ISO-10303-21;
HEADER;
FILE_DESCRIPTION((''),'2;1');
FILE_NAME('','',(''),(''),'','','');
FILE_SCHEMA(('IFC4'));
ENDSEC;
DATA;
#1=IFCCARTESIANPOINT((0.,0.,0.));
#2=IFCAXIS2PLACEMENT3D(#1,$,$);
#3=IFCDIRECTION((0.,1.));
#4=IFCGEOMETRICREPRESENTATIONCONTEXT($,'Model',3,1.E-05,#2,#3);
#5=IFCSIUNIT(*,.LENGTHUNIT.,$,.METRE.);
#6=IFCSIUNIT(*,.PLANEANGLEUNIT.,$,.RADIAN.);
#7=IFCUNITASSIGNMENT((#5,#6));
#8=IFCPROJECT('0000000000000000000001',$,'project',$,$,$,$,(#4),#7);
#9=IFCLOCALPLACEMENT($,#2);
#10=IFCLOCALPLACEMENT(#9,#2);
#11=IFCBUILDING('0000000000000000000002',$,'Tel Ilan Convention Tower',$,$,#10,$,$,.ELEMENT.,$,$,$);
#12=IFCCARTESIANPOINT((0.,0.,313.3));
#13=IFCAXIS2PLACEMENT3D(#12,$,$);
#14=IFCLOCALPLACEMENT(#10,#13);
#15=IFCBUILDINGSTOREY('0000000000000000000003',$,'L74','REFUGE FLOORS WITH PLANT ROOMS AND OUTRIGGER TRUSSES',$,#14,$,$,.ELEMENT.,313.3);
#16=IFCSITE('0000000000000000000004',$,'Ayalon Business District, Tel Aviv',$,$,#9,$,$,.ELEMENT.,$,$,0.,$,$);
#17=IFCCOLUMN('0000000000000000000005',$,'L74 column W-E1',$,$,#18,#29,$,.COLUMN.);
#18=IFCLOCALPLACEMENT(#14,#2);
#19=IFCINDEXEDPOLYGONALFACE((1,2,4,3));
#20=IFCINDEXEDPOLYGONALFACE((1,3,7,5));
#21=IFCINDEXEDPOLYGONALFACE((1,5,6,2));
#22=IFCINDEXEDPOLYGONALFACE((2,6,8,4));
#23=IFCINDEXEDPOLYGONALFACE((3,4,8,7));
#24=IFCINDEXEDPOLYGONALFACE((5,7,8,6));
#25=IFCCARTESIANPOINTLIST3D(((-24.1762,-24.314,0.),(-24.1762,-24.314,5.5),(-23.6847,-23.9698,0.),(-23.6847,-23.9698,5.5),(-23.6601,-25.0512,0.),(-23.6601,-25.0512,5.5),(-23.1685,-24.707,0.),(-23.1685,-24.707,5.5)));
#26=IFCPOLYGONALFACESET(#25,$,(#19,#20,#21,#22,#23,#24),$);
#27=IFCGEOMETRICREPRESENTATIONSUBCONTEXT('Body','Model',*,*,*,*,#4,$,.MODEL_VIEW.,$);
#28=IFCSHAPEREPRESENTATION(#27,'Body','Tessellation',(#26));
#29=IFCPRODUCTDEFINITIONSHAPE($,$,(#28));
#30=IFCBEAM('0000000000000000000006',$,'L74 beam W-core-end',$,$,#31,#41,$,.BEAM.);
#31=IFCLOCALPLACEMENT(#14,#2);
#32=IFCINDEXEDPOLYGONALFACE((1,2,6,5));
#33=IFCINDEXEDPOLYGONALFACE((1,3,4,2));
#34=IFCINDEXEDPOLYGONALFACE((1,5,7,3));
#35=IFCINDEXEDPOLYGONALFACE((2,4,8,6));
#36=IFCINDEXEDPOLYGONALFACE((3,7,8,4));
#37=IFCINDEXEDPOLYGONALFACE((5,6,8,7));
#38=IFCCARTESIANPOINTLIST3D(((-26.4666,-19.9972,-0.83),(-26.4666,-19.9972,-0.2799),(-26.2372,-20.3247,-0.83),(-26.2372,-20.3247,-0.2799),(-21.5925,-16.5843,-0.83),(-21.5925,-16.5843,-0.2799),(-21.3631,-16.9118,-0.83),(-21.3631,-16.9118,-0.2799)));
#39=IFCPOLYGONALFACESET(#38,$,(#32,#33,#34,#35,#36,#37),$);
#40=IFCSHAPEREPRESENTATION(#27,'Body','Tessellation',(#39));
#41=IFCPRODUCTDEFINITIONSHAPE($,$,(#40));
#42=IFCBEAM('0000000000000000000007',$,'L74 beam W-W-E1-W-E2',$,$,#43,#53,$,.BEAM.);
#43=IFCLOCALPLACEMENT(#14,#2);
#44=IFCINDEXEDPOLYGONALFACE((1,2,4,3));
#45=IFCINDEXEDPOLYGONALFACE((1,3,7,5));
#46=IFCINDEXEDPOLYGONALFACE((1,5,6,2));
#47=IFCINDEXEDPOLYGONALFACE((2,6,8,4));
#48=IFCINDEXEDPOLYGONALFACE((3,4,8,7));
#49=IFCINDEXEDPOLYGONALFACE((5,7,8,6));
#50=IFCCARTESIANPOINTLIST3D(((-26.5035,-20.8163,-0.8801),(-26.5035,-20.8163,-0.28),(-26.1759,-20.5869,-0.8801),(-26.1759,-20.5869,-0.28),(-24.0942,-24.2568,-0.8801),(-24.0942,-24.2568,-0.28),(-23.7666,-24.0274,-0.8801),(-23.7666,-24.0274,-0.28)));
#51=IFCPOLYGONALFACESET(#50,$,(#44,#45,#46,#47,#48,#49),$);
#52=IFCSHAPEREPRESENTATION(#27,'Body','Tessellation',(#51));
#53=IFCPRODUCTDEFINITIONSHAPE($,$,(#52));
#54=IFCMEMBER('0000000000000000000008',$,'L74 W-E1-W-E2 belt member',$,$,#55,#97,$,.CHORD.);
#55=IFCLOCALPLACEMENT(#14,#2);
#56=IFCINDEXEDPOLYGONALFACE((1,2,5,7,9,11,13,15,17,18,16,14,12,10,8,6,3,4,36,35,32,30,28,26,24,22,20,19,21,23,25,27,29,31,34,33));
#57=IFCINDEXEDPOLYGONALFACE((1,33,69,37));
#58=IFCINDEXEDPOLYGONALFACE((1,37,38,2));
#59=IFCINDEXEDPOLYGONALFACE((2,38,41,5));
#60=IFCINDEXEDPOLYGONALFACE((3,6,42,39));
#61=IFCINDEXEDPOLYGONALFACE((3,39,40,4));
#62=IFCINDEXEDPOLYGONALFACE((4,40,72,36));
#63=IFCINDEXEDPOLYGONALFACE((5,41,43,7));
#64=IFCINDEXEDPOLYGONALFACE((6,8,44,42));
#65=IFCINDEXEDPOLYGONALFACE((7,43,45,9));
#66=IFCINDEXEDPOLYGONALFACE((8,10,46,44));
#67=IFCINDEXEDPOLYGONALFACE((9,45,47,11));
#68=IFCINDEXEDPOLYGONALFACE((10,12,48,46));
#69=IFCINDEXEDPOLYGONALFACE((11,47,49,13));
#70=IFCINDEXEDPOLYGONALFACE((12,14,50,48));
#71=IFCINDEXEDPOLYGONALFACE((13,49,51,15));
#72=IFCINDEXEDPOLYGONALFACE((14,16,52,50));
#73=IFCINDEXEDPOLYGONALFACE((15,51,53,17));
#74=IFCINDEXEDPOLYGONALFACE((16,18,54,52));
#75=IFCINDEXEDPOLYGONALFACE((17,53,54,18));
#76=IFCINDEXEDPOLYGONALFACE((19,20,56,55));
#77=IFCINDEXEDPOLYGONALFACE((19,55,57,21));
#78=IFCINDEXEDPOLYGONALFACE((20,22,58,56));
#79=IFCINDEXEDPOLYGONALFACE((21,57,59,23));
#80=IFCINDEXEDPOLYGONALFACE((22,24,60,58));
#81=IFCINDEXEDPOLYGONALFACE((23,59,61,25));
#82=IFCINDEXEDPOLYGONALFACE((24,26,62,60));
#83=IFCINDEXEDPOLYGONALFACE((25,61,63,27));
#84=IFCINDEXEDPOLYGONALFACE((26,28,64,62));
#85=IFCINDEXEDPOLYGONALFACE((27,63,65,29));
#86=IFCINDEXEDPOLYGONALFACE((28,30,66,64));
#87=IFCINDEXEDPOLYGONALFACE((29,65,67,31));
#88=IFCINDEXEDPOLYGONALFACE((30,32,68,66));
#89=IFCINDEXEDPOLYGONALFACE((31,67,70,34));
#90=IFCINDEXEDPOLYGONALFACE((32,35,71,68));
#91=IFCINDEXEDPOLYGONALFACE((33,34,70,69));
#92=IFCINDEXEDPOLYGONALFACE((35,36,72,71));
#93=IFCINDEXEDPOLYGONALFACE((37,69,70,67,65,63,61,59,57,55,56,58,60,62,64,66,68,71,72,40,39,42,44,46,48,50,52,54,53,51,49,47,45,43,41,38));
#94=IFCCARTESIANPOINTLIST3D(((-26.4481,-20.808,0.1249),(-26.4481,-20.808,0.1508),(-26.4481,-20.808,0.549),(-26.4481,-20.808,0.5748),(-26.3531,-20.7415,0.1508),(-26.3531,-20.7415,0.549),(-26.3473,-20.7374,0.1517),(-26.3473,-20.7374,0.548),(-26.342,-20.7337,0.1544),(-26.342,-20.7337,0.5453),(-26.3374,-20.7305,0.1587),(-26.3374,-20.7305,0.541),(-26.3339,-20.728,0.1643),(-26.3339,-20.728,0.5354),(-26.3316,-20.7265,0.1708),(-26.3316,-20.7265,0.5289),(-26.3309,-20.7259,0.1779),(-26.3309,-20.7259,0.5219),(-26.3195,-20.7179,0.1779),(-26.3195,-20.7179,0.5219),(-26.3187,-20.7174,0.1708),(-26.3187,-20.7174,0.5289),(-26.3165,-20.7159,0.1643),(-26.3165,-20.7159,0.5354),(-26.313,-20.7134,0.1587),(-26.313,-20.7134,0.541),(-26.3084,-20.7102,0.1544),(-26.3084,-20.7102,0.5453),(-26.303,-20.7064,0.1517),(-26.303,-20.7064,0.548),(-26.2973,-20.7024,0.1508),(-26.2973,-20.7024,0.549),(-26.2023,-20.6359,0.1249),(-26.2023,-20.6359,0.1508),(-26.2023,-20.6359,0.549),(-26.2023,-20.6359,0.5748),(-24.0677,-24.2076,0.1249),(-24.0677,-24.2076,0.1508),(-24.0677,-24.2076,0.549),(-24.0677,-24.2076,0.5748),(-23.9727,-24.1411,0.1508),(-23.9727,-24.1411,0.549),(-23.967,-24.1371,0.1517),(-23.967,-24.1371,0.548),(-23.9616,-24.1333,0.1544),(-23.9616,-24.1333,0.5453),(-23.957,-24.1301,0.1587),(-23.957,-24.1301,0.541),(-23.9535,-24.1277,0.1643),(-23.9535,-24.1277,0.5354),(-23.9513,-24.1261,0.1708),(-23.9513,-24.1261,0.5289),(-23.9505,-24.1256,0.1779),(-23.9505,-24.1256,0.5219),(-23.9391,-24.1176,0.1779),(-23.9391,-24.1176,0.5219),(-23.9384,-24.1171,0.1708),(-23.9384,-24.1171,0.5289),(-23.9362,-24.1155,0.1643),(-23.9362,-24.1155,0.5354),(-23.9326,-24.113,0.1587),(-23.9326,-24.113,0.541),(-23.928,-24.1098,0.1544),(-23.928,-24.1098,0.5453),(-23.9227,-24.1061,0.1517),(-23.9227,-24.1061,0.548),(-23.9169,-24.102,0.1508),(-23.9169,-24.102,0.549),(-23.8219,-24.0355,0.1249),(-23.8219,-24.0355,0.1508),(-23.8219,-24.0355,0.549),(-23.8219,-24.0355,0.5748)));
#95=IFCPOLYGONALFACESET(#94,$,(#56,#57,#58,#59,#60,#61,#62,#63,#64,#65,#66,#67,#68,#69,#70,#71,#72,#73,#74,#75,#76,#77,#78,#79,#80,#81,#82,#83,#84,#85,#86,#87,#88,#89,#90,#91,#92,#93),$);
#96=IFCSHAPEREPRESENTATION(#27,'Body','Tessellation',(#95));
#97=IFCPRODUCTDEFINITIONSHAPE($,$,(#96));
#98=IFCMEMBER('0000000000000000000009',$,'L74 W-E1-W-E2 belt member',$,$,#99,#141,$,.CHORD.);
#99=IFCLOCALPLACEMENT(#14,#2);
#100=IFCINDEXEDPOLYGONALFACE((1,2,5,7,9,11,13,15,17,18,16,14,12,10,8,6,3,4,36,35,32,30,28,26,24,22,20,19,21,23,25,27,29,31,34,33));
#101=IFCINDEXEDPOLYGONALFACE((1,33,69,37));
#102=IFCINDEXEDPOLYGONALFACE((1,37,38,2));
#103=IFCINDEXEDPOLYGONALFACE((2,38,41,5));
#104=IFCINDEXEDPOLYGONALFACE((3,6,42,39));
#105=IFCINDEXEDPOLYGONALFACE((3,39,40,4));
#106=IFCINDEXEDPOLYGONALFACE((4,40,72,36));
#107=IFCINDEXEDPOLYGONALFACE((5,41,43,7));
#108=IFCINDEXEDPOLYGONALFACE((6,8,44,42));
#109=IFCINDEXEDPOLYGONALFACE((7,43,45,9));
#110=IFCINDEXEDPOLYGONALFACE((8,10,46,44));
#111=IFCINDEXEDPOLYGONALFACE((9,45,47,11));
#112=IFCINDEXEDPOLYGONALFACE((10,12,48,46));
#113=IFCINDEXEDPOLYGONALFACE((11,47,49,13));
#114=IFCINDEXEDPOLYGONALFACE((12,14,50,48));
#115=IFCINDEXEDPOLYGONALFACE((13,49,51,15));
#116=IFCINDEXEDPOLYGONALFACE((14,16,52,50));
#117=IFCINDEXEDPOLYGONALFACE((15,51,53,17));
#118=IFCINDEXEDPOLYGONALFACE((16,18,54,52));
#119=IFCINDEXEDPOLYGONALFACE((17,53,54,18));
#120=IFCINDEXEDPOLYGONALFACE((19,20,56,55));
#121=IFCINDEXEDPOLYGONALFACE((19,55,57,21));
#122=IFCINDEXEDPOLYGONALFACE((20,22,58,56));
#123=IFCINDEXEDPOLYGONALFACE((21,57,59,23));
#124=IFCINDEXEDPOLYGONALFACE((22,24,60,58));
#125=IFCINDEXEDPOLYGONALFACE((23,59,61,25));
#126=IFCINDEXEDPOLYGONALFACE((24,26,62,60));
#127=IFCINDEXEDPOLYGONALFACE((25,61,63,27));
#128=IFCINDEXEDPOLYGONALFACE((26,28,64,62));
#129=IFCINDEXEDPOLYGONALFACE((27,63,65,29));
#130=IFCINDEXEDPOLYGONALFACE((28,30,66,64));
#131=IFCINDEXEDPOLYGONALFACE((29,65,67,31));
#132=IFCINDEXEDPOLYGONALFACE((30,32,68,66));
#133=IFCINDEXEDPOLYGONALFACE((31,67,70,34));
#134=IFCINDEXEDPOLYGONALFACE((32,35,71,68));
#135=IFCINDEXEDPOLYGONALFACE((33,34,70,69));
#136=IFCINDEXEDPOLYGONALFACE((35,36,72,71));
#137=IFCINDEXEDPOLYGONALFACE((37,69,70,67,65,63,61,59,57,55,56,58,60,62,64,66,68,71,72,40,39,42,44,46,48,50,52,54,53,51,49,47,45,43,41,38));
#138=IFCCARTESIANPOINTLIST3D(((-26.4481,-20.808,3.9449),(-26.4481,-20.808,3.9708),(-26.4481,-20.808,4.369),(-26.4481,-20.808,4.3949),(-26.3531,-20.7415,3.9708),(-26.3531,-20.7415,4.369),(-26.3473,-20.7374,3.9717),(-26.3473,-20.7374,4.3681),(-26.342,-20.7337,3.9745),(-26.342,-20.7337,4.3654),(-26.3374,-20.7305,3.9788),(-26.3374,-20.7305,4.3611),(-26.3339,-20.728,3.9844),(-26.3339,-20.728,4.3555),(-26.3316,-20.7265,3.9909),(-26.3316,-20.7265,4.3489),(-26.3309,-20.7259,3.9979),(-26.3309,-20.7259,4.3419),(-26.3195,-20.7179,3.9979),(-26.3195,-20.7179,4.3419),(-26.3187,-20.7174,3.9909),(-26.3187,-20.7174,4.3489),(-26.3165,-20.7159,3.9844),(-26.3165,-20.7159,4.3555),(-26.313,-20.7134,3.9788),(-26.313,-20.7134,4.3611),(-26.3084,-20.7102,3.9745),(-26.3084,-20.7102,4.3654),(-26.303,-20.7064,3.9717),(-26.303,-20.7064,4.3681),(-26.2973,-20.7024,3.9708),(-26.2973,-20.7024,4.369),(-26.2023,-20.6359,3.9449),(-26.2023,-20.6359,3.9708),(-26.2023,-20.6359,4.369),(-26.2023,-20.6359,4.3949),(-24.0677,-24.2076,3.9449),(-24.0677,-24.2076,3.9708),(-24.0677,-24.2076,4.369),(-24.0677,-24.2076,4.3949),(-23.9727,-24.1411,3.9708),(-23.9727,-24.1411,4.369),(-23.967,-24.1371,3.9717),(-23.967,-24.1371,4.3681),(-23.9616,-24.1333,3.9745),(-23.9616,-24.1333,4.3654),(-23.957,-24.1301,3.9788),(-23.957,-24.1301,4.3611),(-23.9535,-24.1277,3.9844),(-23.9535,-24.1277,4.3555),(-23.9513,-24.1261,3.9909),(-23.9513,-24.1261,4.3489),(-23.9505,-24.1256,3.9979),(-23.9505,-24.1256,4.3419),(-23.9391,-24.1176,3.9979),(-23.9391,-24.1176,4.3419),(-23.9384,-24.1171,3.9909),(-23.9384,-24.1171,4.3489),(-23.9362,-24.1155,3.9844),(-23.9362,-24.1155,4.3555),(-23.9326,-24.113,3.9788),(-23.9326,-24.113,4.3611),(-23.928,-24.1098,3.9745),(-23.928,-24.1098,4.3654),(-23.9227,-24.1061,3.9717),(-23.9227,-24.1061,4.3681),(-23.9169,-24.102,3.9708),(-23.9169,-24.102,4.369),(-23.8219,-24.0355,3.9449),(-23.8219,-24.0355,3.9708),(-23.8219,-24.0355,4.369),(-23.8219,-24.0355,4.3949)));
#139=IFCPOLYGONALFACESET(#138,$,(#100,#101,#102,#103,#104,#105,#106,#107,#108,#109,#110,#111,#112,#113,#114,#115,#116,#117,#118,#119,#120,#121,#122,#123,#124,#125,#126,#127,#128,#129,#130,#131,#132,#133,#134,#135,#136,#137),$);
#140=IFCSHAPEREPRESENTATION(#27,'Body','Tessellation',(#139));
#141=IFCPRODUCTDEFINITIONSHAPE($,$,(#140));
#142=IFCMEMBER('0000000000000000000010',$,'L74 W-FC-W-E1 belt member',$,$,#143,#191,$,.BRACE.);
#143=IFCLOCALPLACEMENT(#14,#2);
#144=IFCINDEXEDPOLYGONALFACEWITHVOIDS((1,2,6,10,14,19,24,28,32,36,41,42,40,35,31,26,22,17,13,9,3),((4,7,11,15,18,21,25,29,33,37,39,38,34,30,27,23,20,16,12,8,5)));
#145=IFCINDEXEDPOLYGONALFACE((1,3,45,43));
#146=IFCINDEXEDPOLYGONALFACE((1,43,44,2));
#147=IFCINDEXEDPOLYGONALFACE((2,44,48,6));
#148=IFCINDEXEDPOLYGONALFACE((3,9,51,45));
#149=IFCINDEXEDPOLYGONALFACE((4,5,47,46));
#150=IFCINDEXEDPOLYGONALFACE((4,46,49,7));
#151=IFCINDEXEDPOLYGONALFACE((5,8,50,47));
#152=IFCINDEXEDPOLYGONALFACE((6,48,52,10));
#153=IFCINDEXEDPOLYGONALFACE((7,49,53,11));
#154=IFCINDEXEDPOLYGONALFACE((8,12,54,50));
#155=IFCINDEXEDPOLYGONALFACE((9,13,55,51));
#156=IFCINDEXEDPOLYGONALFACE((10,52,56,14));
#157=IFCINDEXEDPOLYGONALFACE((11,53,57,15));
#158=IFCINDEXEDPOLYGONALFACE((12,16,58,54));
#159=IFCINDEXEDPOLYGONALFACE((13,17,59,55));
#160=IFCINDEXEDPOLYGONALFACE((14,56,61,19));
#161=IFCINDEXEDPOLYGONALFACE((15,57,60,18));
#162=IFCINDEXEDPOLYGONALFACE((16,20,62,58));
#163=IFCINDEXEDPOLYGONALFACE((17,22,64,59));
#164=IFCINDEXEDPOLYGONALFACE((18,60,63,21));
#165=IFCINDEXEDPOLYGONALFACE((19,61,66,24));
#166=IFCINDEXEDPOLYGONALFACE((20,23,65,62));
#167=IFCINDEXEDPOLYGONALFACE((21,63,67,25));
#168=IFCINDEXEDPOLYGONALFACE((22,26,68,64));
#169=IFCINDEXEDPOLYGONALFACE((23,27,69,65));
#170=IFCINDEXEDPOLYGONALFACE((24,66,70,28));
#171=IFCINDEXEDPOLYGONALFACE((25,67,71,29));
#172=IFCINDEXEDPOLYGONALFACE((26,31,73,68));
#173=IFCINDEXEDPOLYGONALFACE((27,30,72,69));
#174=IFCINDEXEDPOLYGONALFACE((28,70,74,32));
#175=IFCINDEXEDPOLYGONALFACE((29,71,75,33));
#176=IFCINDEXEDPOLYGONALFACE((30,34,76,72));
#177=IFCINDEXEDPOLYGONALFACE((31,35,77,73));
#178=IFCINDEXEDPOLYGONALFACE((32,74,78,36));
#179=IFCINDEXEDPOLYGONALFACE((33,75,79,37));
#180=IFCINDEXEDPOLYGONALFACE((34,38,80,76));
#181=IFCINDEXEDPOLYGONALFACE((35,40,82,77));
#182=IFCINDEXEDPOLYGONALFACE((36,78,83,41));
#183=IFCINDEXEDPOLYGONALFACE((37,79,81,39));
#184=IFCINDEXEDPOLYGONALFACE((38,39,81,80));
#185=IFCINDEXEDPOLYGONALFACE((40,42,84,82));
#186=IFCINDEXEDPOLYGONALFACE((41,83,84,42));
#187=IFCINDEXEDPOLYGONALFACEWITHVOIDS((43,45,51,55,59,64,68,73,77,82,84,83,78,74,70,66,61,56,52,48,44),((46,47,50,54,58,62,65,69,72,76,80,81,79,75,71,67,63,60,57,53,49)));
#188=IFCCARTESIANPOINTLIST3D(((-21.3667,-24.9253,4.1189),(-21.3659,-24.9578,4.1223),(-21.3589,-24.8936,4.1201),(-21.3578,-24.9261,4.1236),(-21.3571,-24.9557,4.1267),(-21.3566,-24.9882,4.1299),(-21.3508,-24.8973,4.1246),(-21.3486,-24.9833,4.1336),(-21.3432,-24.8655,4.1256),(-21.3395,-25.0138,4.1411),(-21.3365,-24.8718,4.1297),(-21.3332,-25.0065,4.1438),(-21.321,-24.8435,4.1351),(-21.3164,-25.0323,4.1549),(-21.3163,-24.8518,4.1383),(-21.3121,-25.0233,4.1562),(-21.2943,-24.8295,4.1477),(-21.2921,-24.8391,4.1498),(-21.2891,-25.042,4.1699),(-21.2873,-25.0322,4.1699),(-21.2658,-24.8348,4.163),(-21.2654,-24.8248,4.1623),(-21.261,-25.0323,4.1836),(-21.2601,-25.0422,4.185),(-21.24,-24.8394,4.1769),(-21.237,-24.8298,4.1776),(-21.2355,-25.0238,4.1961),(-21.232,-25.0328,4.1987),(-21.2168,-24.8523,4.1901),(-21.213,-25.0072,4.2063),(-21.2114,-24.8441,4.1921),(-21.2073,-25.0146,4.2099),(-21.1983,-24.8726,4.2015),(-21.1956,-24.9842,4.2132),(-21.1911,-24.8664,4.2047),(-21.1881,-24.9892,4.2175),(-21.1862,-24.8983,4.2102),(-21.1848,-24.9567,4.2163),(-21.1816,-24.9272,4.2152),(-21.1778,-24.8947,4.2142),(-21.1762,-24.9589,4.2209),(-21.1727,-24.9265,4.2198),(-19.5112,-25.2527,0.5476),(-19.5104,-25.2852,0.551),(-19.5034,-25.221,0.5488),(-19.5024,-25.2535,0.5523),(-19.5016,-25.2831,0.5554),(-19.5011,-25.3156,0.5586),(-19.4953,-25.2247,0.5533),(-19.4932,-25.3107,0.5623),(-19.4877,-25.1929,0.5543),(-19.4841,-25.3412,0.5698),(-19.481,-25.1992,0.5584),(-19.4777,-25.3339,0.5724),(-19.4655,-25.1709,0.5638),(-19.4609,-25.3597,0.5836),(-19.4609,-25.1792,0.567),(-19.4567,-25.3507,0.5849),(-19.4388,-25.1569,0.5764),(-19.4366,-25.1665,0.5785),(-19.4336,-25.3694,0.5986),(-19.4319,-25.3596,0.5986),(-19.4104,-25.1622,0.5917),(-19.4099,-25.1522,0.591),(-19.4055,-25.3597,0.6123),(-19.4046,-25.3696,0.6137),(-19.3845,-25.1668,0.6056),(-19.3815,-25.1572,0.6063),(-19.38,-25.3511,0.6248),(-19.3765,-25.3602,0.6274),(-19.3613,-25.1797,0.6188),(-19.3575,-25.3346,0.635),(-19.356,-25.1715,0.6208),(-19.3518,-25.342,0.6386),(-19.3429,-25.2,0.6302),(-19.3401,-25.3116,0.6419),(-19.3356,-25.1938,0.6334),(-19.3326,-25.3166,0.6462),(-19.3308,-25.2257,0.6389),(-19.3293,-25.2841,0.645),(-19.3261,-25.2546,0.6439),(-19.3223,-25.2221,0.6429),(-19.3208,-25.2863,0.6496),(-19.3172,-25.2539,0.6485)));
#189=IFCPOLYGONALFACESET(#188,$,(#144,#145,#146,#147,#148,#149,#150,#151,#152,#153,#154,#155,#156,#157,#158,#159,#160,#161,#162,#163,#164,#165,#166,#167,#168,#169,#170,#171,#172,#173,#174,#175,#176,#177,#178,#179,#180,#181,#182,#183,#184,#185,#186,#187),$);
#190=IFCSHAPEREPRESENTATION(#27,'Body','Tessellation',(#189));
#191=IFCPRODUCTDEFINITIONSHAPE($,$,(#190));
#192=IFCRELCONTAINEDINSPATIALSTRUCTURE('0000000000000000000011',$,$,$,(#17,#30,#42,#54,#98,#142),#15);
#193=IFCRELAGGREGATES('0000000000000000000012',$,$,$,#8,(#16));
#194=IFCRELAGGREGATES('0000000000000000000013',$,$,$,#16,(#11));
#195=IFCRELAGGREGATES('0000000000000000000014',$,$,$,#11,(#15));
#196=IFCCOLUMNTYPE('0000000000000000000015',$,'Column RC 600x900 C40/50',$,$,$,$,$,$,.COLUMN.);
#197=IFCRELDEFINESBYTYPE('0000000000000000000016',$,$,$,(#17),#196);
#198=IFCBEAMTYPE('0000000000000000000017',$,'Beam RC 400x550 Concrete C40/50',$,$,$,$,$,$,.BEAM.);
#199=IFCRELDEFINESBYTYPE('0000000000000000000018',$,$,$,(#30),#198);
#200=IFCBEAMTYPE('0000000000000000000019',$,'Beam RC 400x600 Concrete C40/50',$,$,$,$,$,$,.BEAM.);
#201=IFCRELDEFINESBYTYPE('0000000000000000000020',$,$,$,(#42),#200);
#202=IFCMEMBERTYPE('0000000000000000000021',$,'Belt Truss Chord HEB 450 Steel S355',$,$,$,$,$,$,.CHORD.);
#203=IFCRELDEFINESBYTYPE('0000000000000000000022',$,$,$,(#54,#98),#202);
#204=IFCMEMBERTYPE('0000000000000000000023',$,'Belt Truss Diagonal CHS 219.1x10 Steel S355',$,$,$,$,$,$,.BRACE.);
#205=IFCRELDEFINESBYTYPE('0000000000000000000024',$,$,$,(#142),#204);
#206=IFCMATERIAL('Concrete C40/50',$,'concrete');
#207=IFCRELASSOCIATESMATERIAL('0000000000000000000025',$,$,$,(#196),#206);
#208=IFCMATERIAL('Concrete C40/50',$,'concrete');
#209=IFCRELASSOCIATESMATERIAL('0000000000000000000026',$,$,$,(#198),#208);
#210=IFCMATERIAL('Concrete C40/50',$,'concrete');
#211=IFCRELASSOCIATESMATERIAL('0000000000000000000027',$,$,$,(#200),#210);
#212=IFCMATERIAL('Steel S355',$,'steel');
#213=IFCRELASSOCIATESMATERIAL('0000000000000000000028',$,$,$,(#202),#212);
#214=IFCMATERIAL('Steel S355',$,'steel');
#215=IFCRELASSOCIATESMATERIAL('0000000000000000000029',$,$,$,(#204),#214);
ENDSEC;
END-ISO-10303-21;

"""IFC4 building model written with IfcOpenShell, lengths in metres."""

from ifc_helpers import new_model, si_unit, direction, frame, origin, origin_2d, place, context, subcontext, project, spatial, rectangle, hollow_circle, i_section, extrude, material, material_profile, profile_set, type_object, element, save


model = new_model("IFC4")

# Units and contexts
model_context = context("Model", 3, precision=1e-05, world=origin(), true_north=direction((0.0, 1.0)))
body_context = subcontext(model_context, "Body", "Model", "MODEL_VIEW")
ifc_project = project(units=[si_unit("LENGTHUNIT", "METRE"), si_unit("PLANEANGLEUNIT", "RADIAN")], contexts=[model_context])

# Site, building, storey
site_placement = place(None, origin())
site = spatial("IfcSite", under=ifc_project, at=site_placement, Name="Ayalon Business District, Tel Aviv", CompositionType="ELEMENT", RefElevation=0.0)
building_placement = place(site_placement, origin())
building = spatial("IfcBuilding", under=site, at=building_placement, Name="Tel Ilan Convention Tower", CompositionType="ELEMENT")
storey_placement = place(building_placement, frame((0.0, 0.0, 313.3)))
storey = spatial("IfcBuildingStorey", under=building, at=storey_placement, Name="L74", Description="REFUGE FLOORS WITH PLANT ROOMS AND OUTRIGGER TRUSSES", CompositionType="ELEMENT", Elevation=313.3)

# Column
ifc_material_1 = material(Name="Concrete C40/50", Category="concrete")
ifc_material_profile_1 = material_profile(ifc_material_1, rectangle(XDim=0.8999, YDim=0.6001, at=origin_2d()), Name="RC 600x900")
ifc_profile_set_1 = profile_set([ifc_material_profile_1], Name="Concrete C40/50")
column_type = type_object("IfcColumnType", Name="Column RC 600x900 C40/50", PredefinedType="COLUMN", material=ifc_profile_set_1)
column_placement = place(storey_placement, frame((-23.6724, -24.5105, 0.0), z_axis=(0.0, 0.0, 1.0), x_axis=(-0.573576, 0.819152, 0.0)))
element("IfcColumn", 1, at=column_placement, inside=storey, type_object=column_type, Name="L74 column W-E1", PredefinedType="COLUMN", context=body_context, shape_type="SweptSolid", body=[
    extrude(rectangle(XDim=0.8999, YDim=0.6001, at=origin_2d()), origin(), (0.0, 0.0, 1.0), 5.5),
])

# Beams
ifc_material_2 = material(Name="Concrete C40/50", Category="concrete")
ifc_material_profile_2 = material_profile(ifc_material_2, rectangle(XDim=0.3999, YDim=0.55, at=origin_2d()), Name="RC 400x550")
ifc_profile_set_2 = profile_set([ifc_material_profile_2], Name="Concrete C40/50")
beam_type_1 = type_object("IfcBeamType", Name="Beam RC 400x550 Concrete C40/50", PredefinedType="BEAM", material=ifc_profile_set_2)
beam_1_placement = place(storey_placement, frame((-21.4778, -16.748, -0.5549), z_axis=(-0.819151, -0.573578, 0.0), x_axis=(0.573578, -0.819151, 0.0)))
element("IfcBeam", 2, at=beam_1_placement, inside=storey, type_object=beam_type_1, Name="L74 beam W-core-end", PredefinedType="BEAM", context=body_context, shape_type="SweptSolid", body=[
    extrude(rectangle(XDim=0.3999, YDim=0.55, at=origin_2d()), origin(), (0.0, 0.0, 1.0), 5.9502),
])
ifc_material_3 = material(Name="Concrete C40/50", Category="concrete")
ifc_material_profile_3 = material_profile(ifc_material_3, rectangle(XDim=0.3999, YDim=0.6001, at=origin_2d()), Name="RC 400x600")
ifc_profile_set_3 = profile_set([ifc_material_profile_3], Name="Concrete C40/50")
beam_type_2 = type_object("IfcBeamType", Name="Beam RC 400x600 Concrete C40/50", PredefinedType="BEAM", material=ifc_profile_set_3)
beam_2_placement = place(storey_placement, frame((-23.9304, -24.1421, -0.5801), z_axis=(-0.573603, 0.819134, 0.0), x_axis=(-0.819134, -0.573603, 0.0)))
element("IfcBeam", 3, at=beam_2_placement, inside=storey, type_object=beam_type_2, Name="L74 beam W-W-E1-W-E2", PredefinedType="BEAM", context=body_context, shape_type="SweptSolid", body=[
    extrude(rectangle(XDim=0.3999, YDim=0.6001, at=origin_2d()), origin(), (0.0, 0.0, 1.0), 4.2002),
])

# Members
ifc_material_4 = material(Name="Steel S355", Category="steel")
ifc_material_profile_4 = material_profile(ifc_material_4, i_section(OverallWidth=0.3, OverallDepth=0.45, WebThickness=0.0139, FlangeThickness=0.0259, FilletRadius=0.0271, at=origin_2d()), Name="HEB 450")
ifc_profile_set_4 = profile_set([ifc_material_profile_4], Name="Steel S355")
member_type_1 = type_object("IfcMemberType", Name="Belt Truss Chord HEB 450 Steel S355", PredefinedType="CHORD", material=ifc_profile_set_4)
for number, where, z_axis, x_axis, name in (
    (4, (-23.9448, -24.1216, 0.3499), (-0.573561, 0.819163, 0.0), (-0.819163, -0.573561, 0.0), "L74 W-E1-W-E2 belt member"),
    (5, (-23.9448, -24.1216, 4.1699), (-0.573561, 0.819163, 0.0), (-0.819163, -0.573561, 0.0), "L74 W-E1-W-E2 belt member"),
):
    element("IfcMember", number, at=place(storey_placement, frame(where, z_axis=z_axis, x_axis=x_axis)), inside=storey, type_object=member_type_1, Name=name, PredefinedType="CHORD", context=body_context, shape_type="SweptSolid", body=[
        extrude(i_section(OverallWidth=0.3, OverallDepth=0.45, WebThickness=0.0139, FlangeThickness=0.0259, FilletRadius=0.0271, at=origin_2d()), origin(), (0.0, 0.0, 1.0), 4.1501),
    ])
ifc_material_5 = material(Name="Steel S355", Category="steel")
ifc_material_profile_5 = material_profile(ifc_material_5, hollow_circle(Radius=0.1096, WallThickness=0.01, at=origin_2d()), Name="CHS 219.1x10")
ifc_profile_set_5 = profile_set([ifc_material_profile_5], Name="Steel S355")
member_type_2 = type_object("IfcMemberType", Name="Belt Truss Diagonal CHS 219.1x10 Steel S355", PredefinedType="BRACE", material=ifc_profile_set_5)
member_1_placement = place(storey_placement, frame((-19.4146, -25.2615, 0.5986), z_axis=(-0.459521, 0.081081, 0.884458), x_axis=(-0.173763, -0.984787, 0.0)))
element("IfcMember", 6, at=member_1_placement, inside=storey, type_object=member_type_2, Name="L74 W-FC-W-E1 belt member", PredefinedType="BRACE", context=body_context, shape_type="SweptSolid", body=[
    extrude(hollow_circle(Radius=0.1096, WallThickness=0.01, at=origin_2d()), origin(), (0.0, 0.0, 1.0), 4.0378),
])

save(model, "model.ifc")
